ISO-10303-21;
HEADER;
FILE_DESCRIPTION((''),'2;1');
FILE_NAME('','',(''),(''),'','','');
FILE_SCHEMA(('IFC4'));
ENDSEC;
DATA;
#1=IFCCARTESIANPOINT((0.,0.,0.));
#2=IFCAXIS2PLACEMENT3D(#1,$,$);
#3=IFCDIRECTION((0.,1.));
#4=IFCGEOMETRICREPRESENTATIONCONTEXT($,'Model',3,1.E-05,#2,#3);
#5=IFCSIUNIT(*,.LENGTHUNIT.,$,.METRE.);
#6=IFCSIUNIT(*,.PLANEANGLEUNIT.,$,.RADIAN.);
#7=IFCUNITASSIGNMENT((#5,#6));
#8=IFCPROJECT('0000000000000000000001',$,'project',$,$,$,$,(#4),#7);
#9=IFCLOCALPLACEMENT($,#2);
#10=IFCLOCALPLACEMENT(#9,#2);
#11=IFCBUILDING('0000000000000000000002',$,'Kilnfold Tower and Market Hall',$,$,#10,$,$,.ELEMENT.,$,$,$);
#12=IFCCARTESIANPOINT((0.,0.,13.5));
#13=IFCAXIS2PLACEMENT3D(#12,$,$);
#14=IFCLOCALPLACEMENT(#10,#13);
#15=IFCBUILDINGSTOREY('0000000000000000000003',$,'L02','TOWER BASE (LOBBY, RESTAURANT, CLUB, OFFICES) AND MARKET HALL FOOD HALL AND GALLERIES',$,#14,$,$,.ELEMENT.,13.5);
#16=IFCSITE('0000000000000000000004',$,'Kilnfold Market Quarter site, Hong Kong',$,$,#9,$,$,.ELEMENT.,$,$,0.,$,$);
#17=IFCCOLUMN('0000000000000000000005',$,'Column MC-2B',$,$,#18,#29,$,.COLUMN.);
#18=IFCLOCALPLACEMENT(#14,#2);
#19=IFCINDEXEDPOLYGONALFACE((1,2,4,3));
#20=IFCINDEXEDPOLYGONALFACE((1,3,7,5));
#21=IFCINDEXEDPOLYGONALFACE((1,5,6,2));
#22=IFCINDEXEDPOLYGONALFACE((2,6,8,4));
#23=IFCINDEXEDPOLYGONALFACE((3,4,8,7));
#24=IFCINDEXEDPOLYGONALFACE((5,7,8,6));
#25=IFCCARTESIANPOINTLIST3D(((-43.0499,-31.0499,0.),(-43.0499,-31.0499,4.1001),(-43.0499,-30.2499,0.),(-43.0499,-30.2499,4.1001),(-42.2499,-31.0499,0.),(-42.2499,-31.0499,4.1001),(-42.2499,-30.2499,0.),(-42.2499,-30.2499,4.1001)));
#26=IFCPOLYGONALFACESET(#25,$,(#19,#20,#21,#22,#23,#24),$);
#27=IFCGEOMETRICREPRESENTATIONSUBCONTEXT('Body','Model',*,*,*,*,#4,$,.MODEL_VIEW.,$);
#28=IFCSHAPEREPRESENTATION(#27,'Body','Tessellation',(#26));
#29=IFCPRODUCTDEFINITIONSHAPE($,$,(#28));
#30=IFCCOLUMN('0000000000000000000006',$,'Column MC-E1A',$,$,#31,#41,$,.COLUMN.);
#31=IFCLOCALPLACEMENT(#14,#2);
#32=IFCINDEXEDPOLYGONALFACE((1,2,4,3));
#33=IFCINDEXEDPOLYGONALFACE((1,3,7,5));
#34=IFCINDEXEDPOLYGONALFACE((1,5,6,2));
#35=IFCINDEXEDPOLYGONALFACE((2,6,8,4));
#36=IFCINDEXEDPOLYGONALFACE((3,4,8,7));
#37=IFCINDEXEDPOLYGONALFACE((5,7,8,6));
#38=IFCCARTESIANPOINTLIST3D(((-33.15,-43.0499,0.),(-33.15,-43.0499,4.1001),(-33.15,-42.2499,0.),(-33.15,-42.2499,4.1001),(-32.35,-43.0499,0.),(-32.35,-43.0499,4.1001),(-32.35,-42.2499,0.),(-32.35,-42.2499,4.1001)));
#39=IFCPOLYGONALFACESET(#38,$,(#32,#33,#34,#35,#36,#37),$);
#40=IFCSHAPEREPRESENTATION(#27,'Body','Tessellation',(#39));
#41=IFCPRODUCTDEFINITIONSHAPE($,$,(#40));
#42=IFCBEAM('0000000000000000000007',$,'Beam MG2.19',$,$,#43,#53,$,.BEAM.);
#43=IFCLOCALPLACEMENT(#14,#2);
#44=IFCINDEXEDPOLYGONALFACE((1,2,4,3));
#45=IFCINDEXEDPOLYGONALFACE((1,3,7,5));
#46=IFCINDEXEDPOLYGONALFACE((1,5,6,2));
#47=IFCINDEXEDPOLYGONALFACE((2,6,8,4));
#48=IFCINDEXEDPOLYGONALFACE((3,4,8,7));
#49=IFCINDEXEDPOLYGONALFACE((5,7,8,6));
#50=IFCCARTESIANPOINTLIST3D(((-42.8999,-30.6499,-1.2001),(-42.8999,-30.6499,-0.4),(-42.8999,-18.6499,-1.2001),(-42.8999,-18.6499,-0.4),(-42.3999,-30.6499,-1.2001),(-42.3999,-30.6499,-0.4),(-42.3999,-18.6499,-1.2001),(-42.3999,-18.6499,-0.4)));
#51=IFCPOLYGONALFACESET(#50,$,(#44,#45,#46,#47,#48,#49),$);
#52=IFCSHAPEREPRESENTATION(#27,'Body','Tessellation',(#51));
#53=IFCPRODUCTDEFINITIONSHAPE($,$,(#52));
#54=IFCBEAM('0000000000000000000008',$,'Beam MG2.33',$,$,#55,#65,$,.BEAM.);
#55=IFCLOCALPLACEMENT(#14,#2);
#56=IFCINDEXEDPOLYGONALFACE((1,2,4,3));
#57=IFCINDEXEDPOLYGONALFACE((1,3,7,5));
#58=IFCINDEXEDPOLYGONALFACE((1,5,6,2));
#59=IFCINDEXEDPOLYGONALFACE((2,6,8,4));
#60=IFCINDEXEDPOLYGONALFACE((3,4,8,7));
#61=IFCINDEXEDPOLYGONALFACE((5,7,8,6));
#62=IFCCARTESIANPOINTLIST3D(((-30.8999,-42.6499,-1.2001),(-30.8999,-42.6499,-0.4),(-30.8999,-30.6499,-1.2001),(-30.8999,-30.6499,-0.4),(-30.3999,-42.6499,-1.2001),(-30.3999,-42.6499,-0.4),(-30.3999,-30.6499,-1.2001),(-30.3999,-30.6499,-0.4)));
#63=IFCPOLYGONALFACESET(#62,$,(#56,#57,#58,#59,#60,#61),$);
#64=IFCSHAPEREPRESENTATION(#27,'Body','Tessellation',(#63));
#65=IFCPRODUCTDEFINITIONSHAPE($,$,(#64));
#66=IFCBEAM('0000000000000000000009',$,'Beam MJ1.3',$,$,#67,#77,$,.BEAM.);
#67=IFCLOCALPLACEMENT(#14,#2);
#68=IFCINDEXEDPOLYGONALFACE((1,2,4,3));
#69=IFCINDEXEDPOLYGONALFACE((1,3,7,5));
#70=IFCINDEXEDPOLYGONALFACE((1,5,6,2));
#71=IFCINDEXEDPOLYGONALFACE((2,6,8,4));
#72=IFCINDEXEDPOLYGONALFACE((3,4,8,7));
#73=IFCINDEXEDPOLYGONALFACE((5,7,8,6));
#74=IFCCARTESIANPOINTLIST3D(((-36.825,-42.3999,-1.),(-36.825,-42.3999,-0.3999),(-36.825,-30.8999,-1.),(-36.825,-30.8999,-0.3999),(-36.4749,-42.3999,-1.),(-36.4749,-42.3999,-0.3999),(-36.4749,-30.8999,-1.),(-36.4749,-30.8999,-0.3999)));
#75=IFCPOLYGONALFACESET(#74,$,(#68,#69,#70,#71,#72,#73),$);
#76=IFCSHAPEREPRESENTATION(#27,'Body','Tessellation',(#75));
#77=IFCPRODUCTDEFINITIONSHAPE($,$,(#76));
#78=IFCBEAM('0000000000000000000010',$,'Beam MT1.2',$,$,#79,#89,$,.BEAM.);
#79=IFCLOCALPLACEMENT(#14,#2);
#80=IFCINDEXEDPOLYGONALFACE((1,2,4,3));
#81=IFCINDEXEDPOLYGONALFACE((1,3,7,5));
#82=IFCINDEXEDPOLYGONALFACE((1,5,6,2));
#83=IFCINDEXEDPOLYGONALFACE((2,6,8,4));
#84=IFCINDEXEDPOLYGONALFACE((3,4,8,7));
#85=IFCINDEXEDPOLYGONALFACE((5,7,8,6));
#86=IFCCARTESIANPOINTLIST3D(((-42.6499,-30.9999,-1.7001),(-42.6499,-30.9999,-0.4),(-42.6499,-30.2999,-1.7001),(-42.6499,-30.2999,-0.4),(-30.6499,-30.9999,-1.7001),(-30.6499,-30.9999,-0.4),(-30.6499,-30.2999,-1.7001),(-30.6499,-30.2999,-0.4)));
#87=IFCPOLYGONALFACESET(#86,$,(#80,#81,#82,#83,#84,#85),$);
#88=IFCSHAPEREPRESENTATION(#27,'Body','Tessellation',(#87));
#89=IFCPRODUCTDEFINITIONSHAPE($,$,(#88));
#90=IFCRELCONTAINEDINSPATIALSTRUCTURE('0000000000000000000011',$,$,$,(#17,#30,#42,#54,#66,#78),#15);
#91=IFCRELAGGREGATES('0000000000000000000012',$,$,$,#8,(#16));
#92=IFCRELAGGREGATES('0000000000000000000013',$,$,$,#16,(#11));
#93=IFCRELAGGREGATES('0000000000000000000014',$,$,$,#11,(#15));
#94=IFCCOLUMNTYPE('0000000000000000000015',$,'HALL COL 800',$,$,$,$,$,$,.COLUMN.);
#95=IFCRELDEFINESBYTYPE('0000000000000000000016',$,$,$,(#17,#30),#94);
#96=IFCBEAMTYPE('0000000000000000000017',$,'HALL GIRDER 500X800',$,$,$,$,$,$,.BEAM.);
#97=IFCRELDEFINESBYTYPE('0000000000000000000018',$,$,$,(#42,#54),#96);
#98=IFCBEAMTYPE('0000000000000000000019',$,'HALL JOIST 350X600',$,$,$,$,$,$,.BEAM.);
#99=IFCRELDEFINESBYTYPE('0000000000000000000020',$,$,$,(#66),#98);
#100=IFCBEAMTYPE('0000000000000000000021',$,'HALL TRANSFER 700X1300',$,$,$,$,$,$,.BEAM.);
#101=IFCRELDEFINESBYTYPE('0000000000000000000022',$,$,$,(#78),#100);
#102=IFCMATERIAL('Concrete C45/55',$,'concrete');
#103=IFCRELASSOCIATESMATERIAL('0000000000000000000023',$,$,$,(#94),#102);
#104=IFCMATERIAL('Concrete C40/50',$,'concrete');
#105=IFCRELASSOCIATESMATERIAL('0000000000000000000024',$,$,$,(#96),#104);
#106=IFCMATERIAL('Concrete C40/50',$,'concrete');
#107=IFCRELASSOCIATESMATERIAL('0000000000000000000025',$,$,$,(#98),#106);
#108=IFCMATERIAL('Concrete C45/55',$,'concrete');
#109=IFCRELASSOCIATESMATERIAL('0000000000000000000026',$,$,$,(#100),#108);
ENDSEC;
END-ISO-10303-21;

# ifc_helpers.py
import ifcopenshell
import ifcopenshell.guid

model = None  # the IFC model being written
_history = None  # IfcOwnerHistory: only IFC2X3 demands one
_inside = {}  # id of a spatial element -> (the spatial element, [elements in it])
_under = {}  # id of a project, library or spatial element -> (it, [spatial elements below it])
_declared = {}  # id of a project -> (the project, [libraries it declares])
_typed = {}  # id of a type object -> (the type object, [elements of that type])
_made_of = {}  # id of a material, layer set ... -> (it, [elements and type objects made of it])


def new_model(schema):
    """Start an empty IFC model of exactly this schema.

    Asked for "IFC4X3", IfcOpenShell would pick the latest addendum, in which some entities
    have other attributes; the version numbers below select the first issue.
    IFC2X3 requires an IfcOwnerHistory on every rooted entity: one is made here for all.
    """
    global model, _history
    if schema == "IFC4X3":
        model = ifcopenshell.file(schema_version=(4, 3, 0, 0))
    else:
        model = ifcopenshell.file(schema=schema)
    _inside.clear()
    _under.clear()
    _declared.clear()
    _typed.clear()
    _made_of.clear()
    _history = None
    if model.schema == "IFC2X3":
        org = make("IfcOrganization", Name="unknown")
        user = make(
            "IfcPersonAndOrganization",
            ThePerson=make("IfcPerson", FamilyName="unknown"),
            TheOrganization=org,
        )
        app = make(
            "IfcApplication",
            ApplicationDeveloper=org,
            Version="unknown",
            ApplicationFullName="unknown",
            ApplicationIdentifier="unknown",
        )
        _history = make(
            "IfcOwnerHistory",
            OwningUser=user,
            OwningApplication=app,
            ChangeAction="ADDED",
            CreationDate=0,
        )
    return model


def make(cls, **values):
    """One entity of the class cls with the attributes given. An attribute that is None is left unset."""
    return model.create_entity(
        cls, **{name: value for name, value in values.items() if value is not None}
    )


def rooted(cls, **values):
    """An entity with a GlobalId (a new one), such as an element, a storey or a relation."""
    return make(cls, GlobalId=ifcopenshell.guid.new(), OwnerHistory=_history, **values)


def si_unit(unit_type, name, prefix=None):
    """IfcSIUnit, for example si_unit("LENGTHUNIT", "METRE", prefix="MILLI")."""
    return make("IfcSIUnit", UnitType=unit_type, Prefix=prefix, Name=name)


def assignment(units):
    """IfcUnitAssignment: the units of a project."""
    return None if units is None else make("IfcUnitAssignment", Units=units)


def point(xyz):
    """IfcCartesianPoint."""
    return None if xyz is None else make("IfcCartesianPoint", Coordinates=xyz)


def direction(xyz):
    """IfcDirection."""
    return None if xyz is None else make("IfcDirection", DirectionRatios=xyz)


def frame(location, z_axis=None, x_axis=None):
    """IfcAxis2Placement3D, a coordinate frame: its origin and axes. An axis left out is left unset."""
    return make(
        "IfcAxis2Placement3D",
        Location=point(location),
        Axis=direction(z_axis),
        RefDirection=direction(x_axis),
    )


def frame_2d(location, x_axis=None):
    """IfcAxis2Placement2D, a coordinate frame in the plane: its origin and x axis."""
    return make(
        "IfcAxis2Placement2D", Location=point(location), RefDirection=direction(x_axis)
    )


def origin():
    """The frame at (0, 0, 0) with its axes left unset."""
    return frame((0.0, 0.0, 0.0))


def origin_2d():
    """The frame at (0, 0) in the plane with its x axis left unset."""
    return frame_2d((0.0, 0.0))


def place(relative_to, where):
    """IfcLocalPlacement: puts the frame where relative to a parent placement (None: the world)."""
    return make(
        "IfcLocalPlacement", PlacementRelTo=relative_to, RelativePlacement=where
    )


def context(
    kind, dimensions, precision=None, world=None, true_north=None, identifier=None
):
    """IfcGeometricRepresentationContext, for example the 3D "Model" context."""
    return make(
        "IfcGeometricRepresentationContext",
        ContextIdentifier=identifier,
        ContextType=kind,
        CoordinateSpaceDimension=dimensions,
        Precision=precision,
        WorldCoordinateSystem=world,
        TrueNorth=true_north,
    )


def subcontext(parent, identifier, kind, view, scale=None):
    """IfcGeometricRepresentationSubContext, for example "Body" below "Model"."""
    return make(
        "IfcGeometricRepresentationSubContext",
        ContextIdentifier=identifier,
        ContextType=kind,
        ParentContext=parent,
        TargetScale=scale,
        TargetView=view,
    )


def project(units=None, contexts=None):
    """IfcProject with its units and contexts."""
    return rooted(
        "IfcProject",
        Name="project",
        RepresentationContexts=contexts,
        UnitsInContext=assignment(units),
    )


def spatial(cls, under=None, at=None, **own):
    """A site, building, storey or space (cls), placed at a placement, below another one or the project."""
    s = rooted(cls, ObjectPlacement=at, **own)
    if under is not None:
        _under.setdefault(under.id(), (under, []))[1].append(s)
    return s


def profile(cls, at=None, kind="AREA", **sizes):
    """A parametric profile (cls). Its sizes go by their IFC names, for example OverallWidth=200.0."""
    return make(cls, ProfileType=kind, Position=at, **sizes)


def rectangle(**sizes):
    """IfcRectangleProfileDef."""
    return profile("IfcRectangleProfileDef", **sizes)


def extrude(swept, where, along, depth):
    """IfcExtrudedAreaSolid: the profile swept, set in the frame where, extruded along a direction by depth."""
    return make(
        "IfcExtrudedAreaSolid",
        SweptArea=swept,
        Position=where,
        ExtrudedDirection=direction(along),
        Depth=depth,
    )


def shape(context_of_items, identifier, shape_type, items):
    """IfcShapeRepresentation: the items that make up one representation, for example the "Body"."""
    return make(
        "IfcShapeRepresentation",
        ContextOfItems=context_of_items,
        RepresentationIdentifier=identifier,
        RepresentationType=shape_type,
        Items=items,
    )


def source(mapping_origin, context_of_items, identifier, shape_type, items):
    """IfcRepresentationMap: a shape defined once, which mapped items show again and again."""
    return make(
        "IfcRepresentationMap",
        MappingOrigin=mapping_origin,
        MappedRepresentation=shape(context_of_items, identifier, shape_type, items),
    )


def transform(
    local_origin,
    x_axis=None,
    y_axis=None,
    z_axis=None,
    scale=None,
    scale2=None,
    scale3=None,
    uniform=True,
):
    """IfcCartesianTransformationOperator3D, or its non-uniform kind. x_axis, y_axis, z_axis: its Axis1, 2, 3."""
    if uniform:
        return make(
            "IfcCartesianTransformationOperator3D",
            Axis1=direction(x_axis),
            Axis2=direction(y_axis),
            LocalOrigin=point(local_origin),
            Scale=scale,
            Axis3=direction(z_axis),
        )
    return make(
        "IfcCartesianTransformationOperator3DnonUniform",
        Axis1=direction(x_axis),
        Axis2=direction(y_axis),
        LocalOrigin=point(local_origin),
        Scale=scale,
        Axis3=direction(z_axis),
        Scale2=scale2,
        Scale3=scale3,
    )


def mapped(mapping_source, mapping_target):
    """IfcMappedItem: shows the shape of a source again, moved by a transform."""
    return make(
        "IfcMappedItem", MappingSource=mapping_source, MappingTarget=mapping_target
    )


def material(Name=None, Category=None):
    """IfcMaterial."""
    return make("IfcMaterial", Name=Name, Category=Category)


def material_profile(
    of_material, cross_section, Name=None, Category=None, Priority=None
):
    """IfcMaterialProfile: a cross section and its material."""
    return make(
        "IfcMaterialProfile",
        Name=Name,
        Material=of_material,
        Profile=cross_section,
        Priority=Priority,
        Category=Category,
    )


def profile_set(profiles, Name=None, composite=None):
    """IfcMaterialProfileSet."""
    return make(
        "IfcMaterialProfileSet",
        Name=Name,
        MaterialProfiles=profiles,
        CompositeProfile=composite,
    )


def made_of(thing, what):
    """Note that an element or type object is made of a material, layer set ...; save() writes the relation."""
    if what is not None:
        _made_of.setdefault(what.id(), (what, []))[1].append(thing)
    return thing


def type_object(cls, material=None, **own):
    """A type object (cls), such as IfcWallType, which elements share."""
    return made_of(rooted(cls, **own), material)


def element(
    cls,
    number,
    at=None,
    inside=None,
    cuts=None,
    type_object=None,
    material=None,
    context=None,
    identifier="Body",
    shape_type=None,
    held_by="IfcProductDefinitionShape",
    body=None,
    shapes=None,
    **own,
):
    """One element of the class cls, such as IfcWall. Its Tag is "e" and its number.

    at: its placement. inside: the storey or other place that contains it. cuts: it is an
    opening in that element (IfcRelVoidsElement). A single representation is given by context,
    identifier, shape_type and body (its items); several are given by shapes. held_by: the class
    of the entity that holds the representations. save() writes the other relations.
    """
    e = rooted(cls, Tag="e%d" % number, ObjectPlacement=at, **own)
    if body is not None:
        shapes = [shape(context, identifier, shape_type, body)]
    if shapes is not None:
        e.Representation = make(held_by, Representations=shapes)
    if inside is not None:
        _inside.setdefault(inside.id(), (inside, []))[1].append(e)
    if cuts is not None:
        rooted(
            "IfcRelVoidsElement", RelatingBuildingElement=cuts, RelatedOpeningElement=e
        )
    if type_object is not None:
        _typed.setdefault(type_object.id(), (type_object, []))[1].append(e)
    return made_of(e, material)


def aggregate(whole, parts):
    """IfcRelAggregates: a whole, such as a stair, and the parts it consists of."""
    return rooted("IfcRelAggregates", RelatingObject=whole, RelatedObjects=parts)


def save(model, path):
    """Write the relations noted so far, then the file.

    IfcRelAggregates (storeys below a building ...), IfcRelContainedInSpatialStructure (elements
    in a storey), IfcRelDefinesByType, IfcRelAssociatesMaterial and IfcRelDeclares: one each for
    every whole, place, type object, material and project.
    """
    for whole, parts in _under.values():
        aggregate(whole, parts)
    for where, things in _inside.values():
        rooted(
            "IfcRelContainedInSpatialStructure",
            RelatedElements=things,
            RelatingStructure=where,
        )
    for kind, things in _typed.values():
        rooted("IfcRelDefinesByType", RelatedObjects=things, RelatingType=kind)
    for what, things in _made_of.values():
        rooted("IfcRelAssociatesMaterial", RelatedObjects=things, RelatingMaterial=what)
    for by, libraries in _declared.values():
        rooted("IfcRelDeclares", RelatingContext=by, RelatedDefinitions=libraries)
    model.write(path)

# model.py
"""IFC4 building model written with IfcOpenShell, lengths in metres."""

from ifc_helpers import new_model, si_unit, direction, frame, origin, origin_2d, place, context, subcontext, project, spatial, rectangle, extrude, source, transform, mapped, material, material_profile, profile_set, type_object, element, save


model = new_model("IFC4")

# Units and contexts
model_context = context("Model", 3, precision=1e-05, world=origin(), true_north=direction((0.0, 1.0)))
body_context = subcontext(model_context, "Body", "Model", "MODEL_VIEW")
ifc_project = project(units=[si_unit("LENGTHUNIT", "METRE"), si_unit("PLANEANGLEUNIT", "RADIAN")], contexts=[model_context])

# Site, building, storey
site_placement = place(None, origin())
site = spatial("IfcSite", under=ifc_project, at=site_placement, Name="Kilnfold Market Quarter site, Hong Kong", CompositionType="ELEMENT", RefElevation=0.0)
building_placement = place(site_placement, origin())
building = spatial("IfcBuilding", under=site, at=building_placement, Name="Kilnfold Tower and Market Hall", CompositionType="ELEMENT")
storey_placement = place(building_placement, frame((0.0, 0.0, 13.5)))
storey = spatial("IfcBuildingStorey", under=building, at=storey_placement, Name="L02", Description="TOWER BASE (LOBBY, RESTAURANT, CLUB, OFFICES) AND MARKET HALL FOOD HALL AND GALLERIES", CompositionType="ELEMENT", Elevation=13.5)

# Columns
ifc_material_1 = material(Name="Concrete C45/55", Category="concrete")
ifc_material_profile_1 = material_profile(ifc_material_1, rectangle(XDim=0.8, YDim=0.8, at=origin_2d()), Name="RC 800x800")
ifc_profile_set_1 = profile_set([ifc_material_profile_1], Name="Concrete C45/55")
column_type = type_object("IfcColumnType", Name="HALL COL 800", PredefinedType="COLUMN", material=ifc_profile_set_1)
shared_shape_1 = source(origin(), body_context, "Body", "SweptSolid", [
    extrude(rectangle(XDim=0.8, YDim=0.8, at=origin_2d()), origin(), (0.0, 0.0, 1.0), 4.1001),
])
for number, where, z_axis, x_axis, name in (
    (1, (-42.6499, -30.6499, 0.0), (0.0, 0.0, 1.0), (1.0, 0.0, 0.0), "Column MC-2B"),
    (2, (-32.75, -42.6499, 0.0), (0.0, 0.0, 1.0), (1.0, 0.0, 0.0), "Column MC-E1A"),
):
    element("IfcColumn", number, at=place(storey_placement, frame(where, z_axis=z_axis, x_axis=x_axis)), inside=storey, type_object=column_type, Name=name, PredefinedType="COLUMN", context=body_context, shape_type="MappedRepresentation", body=[
        mapped(shared_shape_1, transform((0.0, 0.0, 0.0))),
    ])

# Beams
ifc_material_2 = material(Name="Concrete C40/50", Category="concrete")
ifc_material_profile_2 = material_profile(ifc_material_2, rectangle(XDim=0.5, YDim=0.8, at=origin_2d()), Name="RC 500x800")
ifc_profile_set_2 = profile_set([ifc_material_profile_2], Name="Concrete C40/50")
beam_type_1 = type_object("IfcBeamType", Name="HALL GIRDER 500X800", PredefinedType="BEAM", material=ifc_profile_set_2)
for number, where, z_axis, x_axis, name in (
    (3, (-42.6499, -30.6499, -0.8), (0.0, 1.0, 0.0), (-1.0, 0.0, 0.0), "Beam MG2.19"),
    (4, (-30.6499, -42.6499, -0.8), (0.0, 1.0, 0.0), (-1.0, 0.0, 0.0), "Beam MG2.33"),
):
    element("IfcBeam", number, at=place(storey_placement, frame(where, z_axis=z_axis, x_axis=x_axis)), inside=storey, type_object=beam_type_1, Name=name, PredefinedType="BEAM", context=body_context, shape_type="SweptSolid", body=[
        extrude(rectangle(XDim=0.5, YDim=0.8, at=origin_2d()), origin(), (0.0, 0.0, 1.0), 12.0),
    ])
ifc_material_3 = material(Name="Concrete C40/50", Category="concrete")
ifc_material_profile_3 = material_profile(ifc_material_3, rectangle(XDim=0.3501, YDim=0.6001, at=origin_2d()), Name="RC 350x600")
ifc_profile_set_3 = profile_set([ifc_material_profile_3], Name="Concrete C40/50")
beam_type_2 = type_object("IfcBeamType", Name="HALL JOIST 350X600", PredefinedType="BEAM", material=ifc_profile_set_3)
beam_1_placement = place(storey_placement, frame((-36.6499, -42.3999, -0.7), z_axis=(0.0, 1.0, 0.0), x_axis=(-1.0, 0.0, 0.0)))
element("IfcBeam", 5, at=beam_1_placement, inside=storey, type_object=beam_type_2, Name="Beam MJ1.3", PredefinedType="BEAM", context=body_context, shape_type="SweptSolid", body=[
    extrude(rectangle(XDim=0.3501, YDim=0.6001, at=origin_2d()), origin(), (0.0, 0.0, 1.0), 11.5),
])
ifc_material_4 = material(Name="Concrete C45/55", Category="concrete")
ifc_material_profile_4 = material_profile(ifc_material_4, rectangle(XDim=0.7, YDim=1.3, at=origin_2d()), Name="RC 700x1300")
ifc_profile_set_4 = profile_set([ifc_material_profile_4], Name="Concrete C45/55")
beam_type_3 = type_object("IfcBeamType", Name="HALL TRANSFER 700X1300", PredefinedType="BEAM", material=ifc_profile_set_4)
beam_2_placement = place(storey_placement, frame((-42.6499, -30.6499, -1.05), z_axis=(1.0, 0.0, 0.0), x_axis=(0.0, 1.0, 0.0)))
element("IfcBeam", 6, at=beam_2_placement, inside=storey, type_object=beam_type_3, Name="Beam MT1.2", PredefinedType="BEAM", context=body_context, shape_type="SweptSolid", body=[
    extrude(rectangle(XDim=0.7, YDim=1.3, at=origin_2d()), origin(), (0.0, 0.0, 1.0), 12.0),
])

save(model, "model.ifc")
